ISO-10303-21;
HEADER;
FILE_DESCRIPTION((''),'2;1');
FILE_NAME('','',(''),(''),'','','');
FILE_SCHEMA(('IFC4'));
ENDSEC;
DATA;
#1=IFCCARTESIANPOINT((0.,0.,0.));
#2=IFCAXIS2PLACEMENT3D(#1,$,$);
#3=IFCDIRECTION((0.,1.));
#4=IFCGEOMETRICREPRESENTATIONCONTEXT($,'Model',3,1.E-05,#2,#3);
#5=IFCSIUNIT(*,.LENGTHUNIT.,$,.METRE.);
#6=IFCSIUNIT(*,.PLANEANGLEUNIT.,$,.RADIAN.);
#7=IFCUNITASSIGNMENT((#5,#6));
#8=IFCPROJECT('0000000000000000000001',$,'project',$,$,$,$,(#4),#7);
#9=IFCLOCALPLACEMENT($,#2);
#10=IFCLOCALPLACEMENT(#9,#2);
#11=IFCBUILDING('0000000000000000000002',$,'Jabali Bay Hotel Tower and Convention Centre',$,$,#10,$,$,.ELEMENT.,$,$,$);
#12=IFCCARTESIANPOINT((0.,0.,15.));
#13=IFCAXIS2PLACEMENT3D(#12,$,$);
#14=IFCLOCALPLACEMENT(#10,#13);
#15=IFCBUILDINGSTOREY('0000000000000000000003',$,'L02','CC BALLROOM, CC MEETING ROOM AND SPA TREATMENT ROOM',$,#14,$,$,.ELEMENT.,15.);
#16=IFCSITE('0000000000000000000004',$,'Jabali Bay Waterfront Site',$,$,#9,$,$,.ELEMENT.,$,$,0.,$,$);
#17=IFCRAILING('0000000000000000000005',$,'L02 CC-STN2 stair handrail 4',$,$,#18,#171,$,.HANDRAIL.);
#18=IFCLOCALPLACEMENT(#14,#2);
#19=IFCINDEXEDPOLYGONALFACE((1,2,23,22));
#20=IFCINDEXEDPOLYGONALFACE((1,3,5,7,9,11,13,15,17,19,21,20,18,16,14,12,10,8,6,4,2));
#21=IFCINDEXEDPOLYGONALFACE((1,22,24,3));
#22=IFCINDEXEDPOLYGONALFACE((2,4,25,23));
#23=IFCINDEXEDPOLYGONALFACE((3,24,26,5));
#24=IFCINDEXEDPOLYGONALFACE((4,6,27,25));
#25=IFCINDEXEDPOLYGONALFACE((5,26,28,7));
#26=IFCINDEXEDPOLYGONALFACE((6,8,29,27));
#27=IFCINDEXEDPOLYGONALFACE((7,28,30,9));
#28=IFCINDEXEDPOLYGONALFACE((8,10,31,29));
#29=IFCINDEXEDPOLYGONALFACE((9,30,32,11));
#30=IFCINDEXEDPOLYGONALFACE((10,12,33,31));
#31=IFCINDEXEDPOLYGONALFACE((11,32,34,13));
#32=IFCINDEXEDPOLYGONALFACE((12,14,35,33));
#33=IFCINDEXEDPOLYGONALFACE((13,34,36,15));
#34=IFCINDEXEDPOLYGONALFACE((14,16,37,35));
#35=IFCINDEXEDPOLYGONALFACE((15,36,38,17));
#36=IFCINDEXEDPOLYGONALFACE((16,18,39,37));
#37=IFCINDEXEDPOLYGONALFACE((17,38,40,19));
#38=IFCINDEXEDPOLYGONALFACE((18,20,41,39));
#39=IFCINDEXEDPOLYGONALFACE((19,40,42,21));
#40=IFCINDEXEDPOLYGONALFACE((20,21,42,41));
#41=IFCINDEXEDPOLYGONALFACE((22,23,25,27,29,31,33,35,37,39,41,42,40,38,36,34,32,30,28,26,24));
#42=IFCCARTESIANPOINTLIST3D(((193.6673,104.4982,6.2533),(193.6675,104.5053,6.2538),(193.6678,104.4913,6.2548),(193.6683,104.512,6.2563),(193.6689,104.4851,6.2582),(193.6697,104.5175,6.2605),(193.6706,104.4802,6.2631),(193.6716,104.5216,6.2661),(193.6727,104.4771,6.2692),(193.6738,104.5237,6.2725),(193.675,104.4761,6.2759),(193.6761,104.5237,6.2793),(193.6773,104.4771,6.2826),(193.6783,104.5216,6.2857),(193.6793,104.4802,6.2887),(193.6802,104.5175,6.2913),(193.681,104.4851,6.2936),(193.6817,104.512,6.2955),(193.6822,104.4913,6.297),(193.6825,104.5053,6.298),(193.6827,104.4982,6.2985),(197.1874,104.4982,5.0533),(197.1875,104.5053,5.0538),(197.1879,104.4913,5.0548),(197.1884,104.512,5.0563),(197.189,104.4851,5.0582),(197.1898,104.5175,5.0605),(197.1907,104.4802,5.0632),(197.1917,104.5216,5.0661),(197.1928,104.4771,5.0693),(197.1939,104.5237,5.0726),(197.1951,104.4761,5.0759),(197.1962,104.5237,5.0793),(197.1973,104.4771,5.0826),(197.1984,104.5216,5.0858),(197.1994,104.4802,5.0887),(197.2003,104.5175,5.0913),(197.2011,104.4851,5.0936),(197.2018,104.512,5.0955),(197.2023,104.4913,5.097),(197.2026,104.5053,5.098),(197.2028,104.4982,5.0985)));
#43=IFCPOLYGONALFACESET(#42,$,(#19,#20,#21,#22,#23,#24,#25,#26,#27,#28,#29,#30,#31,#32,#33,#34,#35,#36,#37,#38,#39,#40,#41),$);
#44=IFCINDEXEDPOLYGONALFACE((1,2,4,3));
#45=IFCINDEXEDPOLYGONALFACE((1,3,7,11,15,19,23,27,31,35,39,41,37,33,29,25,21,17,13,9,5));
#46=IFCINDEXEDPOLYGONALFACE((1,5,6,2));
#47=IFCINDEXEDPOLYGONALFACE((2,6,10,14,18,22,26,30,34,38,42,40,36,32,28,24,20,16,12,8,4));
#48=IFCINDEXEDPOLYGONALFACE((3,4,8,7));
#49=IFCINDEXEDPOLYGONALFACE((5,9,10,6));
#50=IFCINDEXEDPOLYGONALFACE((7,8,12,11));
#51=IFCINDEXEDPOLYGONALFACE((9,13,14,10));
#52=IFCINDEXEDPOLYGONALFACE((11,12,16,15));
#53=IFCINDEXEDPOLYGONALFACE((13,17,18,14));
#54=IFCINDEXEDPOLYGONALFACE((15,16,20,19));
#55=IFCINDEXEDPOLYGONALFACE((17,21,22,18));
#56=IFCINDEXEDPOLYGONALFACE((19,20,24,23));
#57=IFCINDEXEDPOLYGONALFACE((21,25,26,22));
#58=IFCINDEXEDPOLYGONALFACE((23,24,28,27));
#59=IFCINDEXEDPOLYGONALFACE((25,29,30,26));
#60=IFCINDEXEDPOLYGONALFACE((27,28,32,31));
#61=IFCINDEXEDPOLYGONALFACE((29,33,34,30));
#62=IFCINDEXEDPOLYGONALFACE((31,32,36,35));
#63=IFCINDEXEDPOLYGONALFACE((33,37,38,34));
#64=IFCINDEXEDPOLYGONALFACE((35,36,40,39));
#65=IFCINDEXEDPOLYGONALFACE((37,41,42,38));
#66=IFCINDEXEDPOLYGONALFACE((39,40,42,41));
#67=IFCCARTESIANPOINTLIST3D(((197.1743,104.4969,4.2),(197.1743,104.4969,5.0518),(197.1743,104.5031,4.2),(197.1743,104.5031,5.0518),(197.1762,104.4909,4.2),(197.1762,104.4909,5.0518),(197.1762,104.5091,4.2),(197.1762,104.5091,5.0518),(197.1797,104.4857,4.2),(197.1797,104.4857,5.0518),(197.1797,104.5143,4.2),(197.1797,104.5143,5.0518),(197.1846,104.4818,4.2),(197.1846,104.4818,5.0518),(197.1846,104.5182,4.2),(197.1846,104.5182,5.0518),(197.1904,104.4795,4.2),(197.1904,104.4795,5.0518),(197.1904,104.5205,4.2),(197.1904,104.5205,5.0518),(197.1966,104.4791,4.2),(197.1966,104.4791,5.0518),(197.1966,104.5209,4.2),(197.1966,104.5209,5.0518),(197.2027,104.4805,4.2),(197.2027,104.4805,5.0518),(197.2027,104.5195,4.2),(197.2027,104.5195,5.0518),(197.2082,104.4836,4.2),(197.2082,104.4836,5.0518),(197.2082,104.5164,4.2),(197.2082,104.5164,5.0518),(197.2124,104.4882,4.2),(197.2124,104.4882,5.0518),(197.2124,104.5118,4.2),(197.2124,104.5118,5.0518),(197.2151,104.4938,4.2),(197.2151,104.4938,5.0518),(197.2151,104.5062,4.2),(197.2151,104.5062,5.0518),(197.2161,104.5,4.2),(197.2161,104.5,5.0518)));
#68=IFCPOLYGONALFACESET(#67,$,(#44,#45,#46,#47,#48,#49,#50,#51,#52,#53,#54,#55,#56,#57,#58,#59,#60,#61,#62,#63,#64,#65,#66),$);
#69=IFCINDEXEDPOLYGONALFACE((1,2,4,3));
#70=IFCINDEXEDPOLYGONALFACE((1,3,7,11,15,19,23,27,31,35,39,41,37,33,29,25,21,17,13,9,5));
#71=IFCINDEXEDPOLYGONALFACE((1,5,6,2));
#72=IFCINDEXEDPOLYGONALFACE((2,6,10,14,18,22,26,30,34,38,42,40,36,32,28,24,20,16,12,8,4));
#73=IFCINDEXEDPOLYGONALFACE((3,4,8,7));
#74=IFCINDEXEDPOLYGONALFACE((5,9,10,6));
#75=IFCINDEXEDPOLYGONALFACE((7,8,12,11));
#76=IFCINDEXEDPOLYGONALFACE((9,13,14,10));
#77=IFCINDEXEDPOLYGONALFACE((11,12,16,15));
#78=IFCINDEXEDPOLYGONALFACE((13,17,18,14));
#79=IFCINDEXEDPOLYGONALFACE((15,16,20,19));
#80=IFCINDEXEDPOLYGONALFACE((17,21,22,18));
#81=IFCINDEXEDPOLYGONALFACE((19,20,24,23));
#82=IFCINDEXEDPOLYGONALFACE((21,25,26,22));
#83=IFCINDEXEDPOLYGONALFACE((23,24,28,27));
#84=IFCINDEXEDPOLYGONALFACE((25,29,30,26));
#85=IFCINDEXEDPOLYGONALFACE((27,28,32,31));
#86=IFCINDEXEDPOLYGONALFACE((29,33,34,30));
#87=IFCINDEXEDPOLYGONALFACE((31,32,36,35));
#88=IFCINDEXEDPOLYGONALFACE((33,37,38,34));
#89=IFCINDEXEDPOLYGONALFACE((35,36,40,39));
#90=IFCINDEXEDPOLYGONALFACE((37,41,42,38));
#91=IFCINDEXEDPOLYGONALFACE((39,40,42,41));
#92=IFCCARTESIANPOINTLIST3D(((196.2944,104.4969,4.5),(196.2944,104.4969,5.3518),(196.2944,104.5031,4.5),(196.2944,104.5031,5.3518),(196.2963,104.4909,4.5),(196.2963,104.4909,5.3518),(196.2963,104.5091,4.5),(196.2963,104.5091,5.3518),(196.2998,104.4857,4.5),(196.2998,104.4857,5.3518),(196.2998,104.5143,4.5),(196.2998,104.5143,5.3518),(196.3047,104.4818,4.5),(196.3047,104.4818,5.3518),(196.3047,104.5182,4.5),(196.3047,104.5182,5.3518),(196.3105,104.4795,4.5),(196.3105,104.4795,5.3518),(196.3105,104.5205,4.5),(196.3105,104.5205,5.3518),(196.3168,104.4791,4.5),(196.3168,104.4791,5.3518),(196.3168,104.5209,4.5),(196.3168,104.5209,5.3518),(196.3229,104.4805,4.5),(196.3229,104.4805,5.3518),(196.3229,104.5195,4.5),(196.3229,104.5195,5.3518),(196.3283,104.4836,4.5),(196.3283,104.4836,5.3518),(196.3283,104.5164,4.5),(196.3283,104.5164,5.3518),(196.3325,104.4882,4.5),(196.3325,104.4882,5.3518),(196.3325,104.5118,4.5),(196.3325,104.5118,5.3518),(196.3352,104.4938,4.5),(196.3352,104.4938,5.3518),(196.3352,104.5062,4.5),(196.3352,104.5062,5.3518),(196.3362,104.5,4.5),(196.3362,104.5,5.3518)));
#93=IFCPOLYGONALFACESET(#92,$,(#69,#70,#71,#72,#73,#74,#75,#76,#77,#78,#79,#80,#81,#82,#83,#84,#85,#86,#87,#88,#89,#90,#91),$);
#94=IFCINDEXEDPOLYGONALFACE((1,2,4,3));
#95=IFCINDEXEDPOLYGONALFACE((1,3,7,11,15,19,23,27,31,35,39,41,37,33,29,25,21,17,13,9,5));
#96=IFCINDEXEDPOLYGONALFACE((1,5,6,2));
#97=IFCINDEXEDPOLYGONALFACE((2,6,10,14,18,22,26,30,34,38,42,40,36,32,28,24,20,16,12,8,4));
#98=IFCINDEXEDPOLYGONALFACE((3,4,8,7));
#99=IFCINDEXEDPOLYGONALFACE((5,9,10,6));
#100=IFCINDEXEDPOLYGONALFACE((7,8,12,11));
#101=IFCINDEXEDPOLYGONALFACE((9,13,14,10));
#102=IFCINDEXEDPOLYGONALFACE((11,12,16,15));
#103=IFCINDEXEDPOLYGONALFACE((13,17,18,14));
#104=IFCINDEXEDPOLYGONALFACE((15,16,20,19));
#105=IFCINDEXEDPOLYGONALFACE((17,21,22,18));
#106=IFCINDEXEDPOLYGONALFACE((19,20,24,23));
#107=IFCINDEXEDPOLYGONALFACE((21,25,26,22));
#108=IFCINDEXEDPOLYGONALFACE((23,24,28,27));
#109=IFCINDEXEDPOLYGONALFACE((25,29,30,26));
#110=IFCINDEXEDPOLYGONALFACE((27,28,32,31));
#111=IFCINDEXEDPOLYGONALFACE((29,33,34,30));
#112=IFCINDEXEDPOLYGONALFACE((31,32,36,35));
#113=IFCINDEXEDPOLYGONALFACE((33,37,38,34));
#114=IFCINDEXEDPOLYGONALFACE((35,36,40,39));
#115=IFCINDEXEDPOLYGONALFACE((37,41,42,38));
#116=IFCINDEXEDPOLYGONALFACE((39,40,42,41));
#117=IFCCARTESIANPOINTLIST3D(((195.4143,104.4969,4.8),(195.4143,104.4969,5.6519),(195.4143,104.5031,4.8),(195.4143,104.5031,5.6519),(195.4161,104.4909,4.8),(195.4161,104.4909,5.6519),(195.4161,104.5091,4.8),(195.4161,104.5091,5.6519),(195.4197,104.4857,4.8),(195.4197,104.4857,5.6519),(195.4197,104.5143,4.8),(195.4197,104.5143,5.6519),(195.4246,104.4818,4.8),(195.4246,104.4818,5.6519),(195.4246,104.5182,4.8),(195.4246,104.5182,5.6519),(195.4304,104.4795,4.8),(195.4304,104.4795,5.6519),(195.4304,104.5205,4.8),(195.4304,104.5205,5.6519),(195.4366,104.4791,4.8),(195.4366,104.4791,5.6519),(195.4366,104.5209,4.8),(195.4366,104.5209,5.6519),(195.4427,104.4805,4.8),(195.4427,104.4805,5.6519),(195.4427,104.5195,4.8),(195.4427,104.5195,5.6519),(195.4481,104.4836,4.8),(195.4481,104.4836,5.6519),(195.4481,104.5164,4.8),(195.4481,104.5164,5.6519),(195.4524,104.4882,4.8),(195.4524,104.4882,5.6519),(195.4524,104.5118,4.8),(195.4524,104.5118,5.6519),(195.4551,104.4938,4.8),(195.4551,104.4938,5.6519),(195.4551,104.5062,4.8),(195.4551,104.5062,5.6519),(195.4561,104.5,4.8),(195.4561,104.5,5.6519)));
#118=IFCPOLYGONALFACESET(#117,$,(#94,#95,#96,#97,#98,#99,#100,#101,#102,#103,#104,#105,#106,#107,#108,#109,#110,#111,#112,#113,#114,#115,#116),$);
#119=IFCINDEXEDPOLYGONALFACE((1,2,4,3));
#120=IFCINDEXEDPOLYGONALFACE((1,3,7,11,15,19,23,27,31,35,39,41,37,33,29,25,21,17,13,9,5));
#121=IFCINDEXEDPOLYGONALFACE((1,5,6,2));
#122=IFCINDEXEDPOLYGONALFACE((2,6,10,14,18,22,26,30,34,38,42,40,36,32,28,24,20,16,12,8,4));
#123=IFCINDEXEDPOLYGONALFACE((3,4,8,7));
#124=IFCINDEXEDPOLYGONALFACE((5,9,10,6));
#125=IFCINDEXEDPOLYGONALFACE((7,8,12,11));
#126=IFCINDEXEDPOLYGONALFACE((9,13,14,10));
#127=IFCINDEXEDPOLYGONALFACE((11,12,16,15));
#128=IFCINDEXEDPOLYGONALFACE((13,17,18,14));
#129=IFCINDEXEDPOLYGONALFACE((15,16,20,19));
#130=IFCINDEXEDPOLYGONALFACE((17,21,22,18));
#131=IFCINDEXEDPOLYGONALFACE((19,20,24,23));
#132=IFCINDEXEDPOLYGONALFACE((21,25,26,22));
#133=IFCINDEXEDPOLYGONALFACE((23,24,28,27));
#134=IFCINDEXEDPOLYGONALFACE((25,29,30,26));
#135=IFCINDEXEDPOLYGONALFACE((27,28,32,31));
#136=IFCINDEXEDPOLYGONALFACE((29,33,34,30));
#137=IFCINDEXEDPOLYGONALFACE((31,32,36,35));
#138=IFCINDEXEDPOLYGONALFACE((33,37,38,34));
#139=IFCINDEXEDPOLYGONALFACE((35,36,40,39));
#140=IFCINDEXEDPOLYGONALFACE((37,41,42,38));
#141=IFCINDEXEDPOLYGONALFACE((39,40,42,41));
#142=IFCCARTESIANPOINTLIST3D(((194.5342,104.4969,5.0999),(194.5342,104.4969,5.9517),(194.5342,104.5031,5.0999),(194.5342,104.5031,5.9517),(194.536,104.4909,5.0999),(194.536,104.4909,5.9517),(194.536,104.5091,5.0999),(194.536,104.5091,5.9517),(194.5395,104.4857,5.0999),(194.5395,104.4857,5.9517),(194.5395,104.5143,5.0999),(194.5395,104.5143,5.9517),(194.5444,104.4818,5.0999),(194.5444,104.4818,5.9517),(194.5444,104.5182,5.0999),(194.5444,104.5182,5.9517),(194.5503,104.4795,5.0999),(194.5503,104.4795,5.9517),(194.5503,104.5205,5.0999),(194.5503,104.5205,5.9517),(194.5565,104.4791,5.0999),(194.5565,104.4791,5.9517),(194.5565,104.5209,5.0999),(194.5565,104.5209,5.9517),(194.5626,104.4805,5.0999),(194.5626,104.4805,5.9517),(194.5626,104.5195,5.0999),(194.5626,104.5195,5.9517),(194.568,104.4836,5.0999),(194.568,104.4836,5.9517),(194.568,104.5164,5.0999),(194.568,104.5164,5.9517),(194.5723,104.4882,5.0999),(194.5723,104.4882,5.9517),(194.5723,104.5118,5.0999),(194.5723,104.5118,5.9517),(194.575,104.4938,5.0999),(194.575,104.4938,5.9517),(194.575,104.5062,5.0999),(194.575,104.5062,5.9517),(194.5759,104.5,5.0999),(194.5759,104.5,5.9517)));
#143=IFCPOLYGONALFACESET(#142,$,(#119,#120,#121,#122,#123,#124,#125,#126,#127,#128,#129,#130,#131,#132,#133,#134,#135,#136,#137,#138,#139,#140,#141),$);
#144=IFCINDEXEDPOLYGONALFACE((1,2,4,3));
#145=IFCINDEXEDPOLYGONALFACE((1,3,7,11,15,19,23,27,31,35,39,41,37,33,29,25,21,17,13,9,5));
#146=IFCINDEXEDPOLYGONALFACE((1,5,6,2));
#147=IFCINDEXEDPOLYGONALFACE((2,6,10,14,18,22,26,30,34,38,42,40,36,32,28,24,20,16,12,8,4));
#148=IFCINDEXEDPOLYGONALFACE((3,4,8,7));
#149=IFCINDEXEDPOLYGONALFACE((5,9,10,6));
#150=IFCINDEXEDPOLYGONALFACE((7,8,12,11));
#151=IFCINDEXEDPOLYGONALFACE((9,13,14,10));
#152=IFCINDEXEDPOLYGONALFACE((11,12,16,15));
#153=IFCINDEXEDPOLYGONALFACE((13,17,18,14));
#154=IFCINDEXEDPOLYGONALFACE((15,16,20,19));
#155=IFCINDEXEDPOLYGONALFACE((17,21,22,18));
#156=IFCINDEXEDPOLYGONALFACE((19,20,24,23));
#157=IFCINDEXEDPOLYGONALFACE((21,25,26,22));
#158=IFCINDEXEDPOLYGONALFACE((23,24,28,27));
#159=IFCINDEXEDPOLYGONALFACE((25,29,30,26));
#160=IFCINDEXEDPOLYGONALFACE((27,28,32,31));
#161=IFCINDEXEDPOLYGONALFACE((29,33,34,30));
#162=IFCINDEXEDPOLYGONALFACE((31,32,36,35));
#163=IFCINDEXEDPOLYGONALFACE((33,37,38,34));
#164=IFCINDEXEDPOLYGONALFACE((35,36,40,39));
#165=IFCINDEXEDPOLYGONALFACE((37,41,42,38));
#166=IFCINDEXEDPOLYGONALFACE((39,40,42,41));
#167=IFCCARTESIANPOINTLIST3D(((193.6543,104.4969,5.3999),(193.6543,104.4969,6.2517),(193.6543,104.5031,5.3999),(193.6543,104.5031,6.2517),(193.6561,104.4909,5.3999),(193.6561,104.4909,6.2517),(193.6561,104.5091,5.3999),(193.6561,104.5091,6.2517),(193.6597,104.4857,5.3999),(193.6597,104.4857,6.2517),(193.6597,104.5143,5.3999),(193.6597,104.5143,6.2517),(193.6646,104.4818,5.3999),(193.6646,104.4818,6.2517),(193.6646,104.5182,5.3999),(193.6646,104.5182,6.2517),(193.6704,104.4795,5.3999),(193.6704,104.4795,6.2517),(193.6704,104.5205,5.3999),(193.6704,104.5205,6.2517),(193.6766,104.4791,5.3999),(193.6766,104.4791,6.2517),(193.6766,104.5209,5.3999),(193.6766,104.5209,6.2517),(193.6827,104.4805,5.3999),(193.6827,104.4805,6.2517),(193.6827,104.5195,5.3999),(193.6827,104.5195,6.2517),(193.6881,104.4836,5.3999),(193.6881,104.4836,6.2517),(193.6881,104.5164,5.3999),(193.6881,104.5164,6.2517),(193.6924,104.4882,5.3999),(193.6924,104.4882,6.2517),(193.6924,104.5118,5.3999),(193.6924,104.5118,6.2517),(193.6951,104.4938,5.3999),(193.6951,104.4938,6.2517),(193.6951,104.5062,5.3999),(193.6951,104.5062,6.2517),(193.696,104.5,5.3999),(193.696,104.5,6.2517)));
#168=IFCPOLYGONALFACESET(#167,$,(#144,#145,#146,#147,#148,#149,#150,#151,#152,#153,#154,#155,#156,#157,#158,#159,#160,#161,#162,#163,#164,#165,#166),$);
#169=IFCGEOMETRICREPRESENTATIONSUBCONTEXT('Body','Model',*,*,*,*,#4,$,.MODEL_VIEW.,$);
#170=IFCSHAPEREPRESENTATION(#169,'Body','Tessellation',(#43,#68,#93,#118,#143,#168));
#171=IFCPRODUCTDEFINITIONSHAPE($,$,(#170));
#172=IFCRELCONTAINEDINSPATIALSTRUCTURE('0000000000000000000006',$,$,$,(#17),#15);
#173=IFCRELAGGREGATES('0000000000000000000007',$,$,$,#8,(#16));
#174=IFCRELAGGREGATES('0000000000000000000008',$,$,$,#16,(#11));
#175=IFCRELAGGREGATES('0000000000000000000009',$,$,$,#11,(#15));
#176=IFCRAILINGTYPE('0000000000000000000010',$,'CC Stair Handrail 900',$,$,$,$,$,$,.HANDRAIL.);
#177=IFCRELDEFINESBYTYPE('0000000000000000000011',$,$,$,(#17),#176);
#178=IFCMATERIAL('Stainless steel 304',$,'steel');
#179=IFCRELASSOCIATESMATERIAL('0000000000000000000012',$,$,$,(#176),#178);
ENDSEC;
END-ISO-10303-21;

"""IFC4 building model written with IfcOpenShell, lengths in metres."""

from ifc_helpers import new_model, si_unit, direction, frame, origin, origin_2d, place, context, subcontext, project, spatial, circle, extrude, material, type_object, element, save


model = new_model("IFC4")

# Units and contexts
model_context = context("Model", 3, precision=1e-05, world=origin(), true_north=direction((0.0, 1.0)))
body_context = subcontext(model_context, "Body", "Model", "MODEL_VIEW")
ifc_project = project(units=[si_unit("LENGTHUNIT", "METRE"), si_unit("PLANEANGLEUNIT", "RADIAN")], contexts=[model_context])

# Site, building, storey
site_placement = place(None, origin())
site = spatial("IfcSite", under=ifc_project, at=site_placement, Name="Jabali Bay Waterfront Site", CompositionType="ELEMENT", RefElevation=0.0)
building_placement = place(site_placement, origin())
building = spatial("IfcBuilding", under=site, at=building_placement, Name="Jabali Bay Hotel Tower and Convention Centre", CompositionType="ELEMENT")
storey_placement = place(building_placement, frame((0.0, 0.0, 15.0)))
storey = spatial("IfcBuildingStorey", under=building, at=storey_placement, Name="L02", Description="CC BALLROOM, CC MEETING ROOM AND SPA TREATMENT ROOM", CompositionType="ELEMENT", Elevation=15.0)

# Railing
ifc_material_1 = material(Name="Stainless steel 304", Category="steel")
railing_type_1 = type_object("IfcRailingType", Name="CC Stair Handrail 900", PredefinedType="HANDRAIL", material=ifc_material_1)
for number, where, name in (
    (1, (197.1951, 104.5, 4.2), "L02 CC-STN2 stair handrail 4"),
):
    element("IfcRailing", number, at=place(storey_placement, frame(where)), inside=storey, type_object=railing_type_1, Name=name, PredefinedType="HANDRAIL", context=body_context, shape_type="SweptSolid", body=[
        extrude(circle(Radius=0.0239, at=origin_2d()), frame((0.0, 0.0, 0.876), z_axis=(-0.946515, 0.0, 0.322661), x_axis=(0.0, -1.0, 0.0)), (0.0, 0.0, 1.0), 3.719),
        extrude(circle(Radius=0.021, at=origin_2d()), origin(), (0.0, 0.0, 1.0), 0.8518),
        extrude(circle(Radius=0.021, at=origin_2d()), frame((-0.8799, 0.0, 0.3)), (0.0, 0.0, 1.0), 0.8518),
        extrude(circle(Radius=0.021, at=origin_2d()), frame((-1.76, 0.0, 0.6001)), (0.0, 0.0, 1.0), 0.8518),
        extrude(circle(Radius=0.021, at=origin_2d()), frame((-2.6401, 0.0, 0.8999)), (0.0, 0.0, 1.0), 0.8518),
        extrude(circle(Radius=0.021, at=origin_2d()), frame((-3.52, 0.0, 1.2)), (0.0, 0.0, 1.0), 0.8518),
    ])

save(model, "model.ifc")
